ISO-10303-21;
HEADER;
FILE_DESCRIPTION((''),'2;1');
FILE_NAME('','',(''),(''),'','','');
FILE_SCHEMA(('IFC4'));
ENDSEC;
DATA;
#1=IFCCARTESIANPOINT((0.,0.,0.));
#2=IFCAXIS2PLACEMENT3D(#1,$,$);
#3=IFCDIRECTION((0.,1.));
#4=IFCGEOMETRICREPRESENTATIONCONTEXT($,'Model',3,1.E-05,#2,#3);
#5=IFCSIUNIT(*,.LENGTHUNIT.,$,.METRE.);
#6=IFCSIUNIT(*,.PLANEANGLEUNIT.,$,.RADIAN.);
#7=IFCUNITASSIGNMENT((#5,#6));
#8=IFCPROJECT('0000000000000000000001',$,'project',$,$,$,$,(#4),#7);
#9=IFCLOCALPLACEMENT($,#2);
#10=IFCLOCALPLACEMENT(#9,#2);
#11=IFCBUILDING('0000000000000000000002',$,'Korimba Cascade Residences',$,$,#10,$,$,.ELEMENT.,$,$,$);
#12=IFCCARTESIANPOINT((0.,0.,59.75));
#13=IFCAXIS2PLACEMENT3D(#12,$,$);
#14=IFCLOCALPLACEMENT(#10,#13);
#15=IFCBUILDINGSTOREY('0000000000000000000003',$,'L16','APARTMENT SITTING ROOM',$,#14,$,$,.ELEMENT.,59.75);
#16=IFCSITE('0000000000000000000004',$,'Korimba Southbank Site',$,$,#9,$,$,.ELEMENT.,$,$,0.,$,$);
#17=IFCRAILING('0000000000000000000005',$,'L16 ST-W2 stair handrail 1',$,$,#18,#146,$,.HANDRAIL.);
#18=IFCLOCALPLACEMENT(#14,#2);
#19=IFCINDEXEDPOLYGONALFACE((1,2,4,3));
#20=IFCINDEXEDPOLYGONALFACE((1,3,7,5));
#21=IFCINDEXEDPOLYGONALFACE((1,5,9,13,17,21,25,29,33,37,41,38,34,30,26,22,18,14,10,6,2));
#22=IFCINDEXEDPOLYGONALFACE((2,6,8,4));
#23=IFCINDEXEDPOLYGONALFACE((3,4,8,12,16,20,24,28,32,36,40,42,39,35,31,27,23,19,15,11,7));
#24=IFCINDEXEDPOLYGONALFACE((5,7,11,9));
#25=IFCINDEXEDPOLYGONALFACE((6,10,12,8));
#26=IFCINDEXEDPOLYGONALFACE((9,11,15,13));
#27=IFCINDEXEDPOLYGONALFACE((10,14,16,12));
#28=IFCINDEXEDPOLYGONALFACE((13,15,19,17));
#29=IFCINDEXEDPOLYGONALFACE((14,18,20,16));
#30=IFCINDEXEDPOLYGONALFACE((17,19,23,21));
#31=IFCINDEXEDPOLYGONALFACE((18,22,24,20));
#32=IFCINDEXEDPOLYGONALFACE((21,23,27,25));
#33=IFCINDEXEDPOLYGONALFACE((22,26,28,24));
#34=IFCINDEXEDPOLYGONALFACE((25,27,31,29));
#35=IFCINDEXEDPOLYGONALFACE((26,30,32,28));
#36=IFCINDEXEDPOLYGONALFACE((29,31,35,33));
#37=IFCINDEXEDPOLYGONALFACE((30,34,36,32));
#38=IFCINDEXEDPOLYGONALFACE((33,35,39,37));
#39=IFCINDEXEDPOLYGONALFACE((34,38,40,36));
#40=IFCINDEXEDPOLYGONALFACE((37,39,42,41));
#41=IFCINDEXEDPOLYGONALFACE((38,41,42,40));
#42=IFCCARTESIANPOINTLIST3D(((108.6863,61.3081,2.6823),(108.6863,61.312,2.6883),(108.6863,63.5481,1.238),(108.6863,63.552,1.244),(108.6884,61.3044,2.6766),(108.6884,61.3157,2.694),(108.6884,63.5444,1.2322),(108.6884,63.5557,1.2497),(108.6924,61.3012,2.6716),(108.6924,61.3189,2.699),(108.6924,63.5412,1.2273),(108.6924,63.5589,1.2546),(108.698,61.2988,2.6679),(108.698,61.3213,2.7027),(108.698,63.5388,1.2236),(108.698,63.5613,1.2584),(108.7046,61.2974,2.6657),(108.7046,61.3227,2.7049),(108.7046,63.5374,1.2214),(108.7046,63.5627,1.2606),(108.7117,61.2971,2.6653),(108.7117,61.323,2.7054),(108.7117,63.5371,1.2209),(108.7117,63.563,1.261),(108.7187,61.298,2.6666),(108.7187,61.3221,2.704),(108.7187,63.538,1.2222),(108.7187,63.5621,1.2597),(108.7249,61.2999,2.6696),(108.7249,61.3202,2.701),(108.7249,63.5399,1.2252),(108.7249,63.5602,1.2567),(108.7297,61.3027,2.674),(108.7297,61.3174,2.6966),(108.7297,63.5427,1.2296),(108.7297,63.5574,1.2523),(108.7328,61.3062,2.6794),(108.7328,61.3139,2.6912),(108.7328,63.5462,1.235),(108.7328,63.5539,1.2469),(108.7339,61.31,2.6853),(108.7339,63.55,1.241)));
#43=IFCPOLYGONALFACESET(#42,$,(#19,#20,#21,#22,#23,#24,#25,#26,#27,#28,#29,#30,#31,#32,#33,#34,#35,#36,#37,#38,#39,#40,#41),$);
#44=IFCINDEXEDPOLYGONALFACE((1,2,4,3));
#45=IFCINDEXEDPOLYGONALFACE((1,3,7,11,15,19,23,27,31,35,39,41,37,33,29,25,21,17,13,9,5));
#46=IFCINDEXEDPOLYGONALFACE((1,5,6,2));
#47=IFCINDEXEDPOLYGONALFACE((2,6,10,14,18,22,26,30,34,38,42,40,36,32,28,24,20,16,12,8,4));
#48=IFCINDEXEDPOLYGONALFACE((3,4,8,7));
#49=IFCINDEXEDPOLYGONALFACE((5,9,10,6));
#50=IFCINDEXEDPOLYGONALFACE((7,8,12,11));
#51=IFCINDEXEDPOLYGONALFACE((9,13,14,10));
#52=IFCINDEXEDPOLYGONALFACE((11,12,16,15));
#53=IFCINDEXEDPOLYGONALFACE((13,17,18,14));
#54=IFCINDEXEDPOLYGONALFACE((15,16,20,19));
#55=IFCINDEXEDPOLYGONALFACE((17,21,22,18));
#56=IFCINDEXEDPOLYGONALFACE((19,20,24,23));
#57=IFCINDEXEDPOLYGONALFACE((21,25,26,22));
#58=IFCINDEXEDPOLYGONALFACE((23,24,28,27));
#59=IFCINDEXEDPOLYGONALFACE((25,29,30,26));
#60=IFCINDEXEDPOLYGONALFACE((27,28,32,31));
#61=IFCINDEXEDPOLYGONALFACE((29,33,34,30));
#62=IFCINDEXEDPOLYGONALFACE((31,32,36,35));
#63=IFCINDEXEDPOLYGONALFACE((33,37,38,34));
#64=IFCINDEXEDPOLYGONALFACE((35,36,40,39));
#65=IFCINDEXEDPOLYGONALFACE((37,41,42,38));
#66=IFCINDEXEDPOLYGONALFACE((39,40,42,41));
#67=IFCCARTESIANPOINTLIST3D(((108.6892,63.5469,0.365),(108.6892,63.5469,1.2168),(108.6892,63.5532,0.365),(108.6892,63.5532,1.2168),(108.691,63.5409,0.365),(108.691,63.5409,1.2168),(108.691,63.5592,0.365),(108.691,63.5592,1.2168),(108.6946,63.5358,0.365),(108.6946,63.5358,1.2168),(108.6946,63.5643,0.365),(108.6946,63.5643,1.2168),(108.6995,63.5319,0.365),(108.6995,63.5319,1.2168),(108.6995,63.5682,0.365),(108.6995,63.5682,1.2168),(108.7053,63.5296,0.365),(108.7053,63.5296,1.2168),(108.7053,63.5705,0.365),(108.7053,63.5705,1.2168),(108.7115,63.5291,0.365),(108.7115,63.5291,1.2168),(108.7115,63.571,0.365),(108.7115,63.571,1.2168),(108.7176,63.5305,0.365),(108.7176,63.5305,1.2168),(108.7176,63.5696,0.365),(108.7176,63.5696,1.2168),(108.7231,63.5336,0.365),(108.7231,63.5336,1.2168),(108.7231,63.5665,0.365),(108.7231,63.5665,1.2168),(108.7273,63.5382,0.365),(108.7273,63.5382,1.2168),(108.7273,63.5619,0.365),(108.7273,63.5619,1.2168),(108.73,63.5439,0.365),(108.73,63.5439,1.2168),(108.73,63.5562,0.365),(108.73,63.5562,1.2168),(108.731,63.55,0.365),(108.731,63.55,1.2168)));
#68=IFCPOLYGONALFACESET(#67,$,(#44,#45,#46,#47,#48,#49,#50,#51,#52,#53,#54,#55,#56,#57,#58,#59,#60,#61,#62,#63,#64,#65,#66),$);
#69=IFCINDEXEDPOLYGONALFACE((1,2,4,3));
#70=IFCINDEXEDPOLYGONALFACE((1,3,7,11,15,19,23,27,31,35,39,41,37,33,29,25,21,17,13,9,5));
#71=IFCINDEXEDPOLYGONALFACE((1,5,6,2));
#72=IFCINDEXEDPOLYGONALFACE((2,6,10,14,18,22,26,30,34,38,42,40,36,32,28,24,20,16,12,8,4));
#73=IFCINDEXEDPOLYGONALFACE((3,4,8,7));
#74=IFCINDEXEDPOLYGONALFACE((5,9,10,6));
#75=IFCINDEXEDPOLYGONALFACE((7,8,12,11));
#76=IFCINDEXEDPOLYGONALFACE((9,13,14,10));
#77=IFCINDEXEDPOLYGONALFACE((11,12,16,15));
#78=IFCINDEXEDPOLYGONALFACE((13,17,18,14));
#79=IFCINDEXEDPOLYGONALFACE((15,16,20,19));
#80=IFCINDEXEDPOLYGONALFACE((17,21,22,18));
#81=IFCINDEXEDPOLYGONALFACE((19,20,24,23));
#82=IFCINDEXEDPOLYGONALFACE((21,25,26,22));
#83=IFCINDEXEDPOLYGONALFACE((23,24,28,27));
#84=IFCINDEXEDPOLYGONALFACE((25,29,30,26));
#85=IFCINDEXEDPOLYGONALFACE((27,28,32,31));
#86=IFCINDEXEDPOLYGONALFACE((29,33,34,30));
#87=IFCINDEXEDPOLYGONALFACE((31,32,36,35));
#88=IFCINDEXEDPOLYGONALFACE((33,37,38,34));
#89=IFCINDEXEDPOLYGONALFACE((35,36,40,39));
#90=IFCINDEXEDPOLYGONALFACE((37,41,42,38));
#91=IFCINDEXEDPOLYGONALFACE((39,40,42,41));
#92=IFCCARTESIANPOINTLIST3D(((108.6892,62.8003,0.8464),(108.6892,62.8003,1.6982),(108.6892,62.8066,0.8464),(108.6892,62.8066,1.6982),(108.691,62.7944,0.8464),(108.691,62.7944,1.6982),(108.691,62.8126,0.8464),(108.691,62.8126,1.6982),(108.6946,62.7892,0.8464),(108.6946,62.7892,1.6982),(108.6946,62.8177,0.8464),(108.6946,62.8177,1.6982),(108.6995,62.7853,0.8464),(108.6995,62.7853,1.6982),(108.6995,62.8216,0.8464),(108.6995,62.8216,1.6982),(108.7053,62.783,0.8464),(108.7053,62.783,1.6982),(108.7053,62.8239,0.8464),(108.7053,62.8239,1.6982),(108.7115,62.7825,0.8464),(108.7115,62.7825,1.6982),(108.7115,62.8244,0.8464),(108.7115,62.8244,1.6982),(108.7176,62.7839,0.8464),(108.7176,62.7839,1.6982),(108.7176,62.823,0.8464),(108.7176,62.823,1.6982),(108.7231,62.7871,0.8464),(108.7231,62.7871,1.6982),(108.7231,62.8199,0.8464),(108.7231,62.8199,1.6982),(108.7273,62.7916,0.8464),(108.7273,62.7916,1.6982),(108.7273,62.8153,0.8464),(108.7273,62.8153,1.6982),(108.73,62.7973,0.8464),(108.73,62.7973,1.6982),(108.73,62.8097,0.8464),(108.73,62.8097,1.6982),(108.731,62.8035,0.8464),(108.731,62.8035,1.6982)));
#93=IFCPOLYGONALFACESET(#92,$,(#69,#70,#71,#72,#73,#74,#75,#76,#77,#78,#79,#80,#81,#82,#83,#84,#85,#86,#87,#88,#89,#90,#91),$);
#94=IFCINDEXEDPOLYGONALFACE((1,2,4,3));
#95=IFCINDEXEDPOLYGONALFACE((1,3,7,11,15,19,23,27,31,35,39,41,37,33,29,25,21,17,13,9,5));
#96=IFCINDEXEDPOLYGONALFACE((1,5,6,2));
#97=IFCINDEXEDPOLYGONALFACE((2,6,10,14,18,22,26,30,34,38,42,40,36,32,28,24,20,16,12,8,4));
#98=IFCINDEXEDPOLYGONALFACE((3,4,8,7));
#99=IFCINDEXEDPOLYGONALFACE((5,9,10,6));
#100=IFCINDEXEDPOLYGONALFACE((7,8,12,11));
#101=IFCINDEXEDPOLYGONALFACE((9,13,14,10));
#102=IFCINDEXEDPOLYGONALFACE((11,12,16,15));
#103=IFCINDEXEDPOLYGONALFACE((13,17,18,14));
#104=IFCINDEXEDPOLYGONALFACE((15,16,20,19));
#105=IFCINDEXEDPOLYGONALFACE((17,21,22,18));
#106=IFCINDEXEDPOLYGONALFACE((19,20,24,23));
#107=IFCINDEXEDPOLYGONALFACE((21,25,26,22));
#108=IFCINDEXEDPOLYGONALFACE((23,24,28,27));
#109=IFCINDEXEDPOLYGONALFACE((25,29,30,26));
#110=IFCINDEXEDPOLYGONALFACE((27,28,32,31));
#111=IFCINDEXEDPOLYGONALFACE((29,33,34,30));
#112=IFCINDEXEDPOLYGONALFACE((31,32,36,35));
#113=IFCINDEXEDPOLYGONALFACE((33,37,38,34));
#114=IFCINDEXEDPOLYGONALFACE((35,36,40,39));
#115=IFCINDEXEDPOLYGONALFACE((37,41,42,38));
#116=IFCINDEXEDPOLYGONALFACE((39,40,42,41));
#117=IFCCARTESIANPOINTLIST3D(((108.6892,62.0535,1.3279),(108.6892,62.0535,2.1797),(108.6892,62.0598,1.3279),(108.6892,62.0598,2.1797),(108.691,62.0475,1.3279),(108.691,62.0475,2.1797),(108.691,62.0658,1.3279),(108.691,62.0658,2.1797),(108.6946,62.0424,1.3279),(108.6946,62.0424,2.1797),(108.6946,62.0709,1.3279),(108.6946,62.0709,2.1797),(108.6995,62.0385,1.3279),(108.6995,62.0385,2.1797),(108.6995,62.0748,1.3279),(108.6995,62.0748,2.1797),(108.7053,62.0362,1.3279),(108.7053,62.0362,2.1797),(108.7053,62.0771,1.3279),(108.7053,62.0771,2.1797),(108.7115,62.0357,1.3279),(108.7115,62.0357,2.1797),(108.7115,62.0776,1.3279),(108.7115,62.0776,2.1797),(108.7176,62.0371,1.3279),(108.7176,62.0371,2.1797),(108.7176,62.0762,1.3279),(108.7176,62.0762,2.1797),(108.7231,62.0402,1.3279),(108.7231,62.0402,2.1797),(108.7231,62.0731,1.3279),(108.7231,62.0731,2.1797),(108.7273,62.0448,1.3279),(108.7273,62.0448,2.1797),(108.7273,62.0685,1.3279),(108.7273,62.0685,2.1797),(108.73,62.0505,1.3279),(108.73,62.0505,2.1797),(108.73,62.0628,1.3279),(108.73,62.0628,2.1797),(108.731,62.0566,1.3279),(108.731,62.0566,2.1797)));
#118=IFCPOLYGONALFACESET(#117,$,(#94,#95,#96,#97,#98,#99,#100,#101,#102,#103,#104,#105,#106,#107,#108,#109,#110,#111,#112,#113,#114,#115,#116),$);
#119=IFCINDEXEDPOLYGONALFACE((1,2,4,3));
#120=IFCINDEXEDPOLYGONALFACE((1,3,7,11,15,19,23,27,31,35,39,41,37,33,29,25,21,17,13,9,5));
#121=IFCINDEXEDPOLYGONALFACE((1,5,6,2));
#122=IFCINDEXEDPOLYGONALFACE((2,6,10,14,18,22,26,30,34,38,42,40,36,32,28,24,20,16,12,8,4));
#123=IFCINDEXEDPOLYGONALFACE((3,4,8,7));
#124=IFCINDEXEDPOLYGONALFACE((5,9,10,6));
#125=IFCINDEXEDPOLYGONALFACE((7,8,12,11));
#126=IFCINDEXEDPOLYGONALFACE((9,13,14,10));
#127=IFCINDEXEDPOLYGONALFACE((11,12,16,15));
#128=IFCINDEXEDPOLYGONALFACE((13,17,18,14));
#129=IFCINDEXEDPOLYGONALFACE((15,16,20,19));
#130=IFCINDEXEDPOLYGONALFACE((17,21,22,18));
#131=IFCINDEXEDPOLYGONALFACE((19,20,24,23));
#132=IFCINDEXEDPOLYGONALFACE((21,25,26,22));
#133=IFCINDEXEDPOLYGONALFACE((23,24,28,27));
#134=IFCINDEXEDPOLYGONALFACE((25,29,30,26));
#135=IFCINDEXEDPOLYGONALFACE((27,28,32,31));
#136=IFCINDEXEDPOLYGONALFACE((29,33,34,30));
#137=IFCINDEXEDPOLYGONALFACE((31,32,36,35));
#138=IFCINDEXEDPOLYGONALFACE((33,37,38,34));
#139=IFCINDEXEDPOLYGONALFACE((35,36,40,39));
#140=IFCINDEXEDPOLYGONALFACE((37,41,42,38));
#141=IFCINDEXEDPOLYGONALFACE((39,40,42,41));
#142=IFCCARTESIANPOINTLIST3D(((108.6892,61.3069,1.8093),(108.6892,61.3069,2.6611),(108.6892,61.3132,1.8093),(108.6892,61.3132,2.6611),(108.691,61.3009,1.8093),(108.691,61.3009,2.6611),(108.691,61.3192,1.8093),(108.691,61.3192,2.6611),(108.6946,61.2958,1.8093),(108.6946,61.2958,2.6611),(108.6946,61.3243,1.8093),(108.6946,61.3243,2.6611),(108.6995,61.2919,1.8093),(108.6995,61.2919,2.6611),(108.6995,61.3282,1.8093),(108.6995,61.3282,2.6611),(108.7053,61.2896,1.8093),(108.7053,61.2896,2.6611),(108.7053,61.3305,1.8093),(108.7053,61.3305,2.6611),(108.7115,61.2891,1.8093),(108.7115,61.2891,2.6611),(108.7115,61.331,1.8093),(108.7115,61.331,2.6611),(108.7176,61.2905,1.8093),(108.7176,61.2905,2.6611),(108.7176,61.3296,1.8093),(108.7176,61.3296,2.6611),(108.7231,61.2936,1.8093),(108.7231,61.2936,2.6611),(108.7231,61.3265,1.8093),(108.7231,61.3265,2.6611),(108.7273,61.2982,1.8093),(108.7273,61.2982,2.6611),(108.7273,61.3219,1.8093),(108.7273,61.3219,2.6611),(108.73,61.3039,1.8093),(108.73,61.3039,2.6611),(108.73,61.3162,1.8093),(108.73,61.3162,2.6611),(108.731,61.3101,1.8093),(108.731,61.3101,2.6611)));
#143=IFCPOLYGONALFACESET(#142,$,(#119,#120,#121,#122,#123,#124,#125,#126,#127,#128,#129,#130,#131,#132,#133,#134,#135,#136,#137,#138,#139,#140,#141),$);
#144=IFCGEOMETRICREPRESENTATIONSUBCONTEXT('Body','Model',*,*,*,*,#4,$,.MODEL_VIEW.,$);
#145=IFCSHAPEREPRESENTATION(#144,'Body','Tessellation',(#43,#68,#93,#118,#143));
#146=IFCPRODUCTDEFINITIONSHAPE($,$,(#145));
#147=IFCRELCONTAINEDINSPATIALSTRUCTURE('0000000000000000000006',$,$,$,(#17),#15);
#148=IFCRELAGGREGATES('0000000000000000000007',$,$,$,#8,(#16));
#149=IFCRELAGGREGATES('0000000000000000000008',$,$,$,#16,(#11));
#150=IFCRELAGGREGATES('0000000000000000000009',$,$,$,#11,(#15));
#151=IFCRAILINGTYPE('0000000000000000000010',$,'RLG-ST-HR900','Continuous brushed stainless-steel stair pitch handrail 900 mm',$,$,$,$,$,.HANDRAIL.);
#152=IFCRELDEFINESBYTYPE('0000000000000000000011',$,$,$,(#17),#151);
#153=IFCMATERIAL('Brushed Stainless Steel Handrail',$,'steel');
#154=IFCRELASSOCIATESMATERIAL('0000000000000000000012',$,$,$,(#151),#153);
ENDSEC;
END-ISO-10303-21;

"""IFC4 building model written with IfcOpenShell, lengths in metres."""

from ifc_helpers import new_model, si_unit, direction, frame, origin, origin_2d, place, context, subcontext, project, spatial, circle, extrude, material, type_object, element, save


model = new_model("IFC4")

# Units and contexts
model_context = context("Model", 3, precision=1e-05, world=origin(), true_north=direction((0.0, 1.0)))
body_context = subcontext(model_context, "Body", "Model", "MODEL_VIEW")
ifc_project = project(units=[si_unit("LENGTHUNIT", "METRE"), si_unit("PLANEANGLEUNIT", "RADIAN")], contexts=[model_context])

# Site, building, storey
site_placement = place(None, origin())
site = spatial("IfcSite", under=ifc_project, at=site_placement, Name="Korimba Southbank Site", CompositionType="ELEMENT", RefElevation=0.0)
building_placement = place(site_placement, origin())
building = spatial("IfcBuilding", under=site, at=building_placement, Name="Korimba Cascade Residences", CompositionType="ELEMENT")
storey_placement = place(building_placement, frame((0.0, 0.0, 59.75)))
storey = spatial("IfcBuildingStorey", under=building, at=storey_placement, Name="L16", Description="APARTMENT SITTING ROOM", CompositionType="ELEMENT", Elevation=59.75)

# Railing
ifc_material_1 = material(Name="Brushed Stainless Steel Handrail", Category="steel")
railing_type_1 = type_object("IfcRailingType", Name="RLG-ST-HR900", Description="Continuous brushed stainless-steel stair pitch handrail 900 mm", PredefinedType="HANDRAIL", material=ifc_material_1)
railing_1_placement = place(storey_placement, frame((108.71, 63.55, 0.365)))
element("IfcRailing", 1, at=railing_1_placement, inside=storey, type_object=railing_type_1, Name="L16 ST-W2 stair handrail 1", PredefinedType="HANDRAIL", context=body_context, shape_type="SweptSolid", body=[
    extrude(circle(Radius=0.0239, at=origin_2d()), frame((0.0, 0.0, 0.876), z_axis=(0.0, -0.840437, 0.54191), x_axis=(1.0, 0.0, 0.0)), (0.0, 0.0, 1.0), 2.6653),
    extrude(circle(Radius=0.021, at=origin_2d()), origin(), (0.0, 0.0, 1.0), 0.8518),
    extrude(circle(Radius=0.021, at=origin_2d()), frame((0.0, -0.7466, 0.4814)), (0.0, 0.0, 1.0), 0.8518),
    extrude(circle(Radius=0.021, at=origin_2d()), frame((0.0, -1.4934, 0.9629)), (0.0, 0.0, 1.0), 0.8518),
    extrude(circle(Radius=0.021, at=origin_2d()), frame((0.0, -2.24, 1.4443)), (0.0, 0.0, 1.0), 0.8518),
])

save(model, "model.ifc")
